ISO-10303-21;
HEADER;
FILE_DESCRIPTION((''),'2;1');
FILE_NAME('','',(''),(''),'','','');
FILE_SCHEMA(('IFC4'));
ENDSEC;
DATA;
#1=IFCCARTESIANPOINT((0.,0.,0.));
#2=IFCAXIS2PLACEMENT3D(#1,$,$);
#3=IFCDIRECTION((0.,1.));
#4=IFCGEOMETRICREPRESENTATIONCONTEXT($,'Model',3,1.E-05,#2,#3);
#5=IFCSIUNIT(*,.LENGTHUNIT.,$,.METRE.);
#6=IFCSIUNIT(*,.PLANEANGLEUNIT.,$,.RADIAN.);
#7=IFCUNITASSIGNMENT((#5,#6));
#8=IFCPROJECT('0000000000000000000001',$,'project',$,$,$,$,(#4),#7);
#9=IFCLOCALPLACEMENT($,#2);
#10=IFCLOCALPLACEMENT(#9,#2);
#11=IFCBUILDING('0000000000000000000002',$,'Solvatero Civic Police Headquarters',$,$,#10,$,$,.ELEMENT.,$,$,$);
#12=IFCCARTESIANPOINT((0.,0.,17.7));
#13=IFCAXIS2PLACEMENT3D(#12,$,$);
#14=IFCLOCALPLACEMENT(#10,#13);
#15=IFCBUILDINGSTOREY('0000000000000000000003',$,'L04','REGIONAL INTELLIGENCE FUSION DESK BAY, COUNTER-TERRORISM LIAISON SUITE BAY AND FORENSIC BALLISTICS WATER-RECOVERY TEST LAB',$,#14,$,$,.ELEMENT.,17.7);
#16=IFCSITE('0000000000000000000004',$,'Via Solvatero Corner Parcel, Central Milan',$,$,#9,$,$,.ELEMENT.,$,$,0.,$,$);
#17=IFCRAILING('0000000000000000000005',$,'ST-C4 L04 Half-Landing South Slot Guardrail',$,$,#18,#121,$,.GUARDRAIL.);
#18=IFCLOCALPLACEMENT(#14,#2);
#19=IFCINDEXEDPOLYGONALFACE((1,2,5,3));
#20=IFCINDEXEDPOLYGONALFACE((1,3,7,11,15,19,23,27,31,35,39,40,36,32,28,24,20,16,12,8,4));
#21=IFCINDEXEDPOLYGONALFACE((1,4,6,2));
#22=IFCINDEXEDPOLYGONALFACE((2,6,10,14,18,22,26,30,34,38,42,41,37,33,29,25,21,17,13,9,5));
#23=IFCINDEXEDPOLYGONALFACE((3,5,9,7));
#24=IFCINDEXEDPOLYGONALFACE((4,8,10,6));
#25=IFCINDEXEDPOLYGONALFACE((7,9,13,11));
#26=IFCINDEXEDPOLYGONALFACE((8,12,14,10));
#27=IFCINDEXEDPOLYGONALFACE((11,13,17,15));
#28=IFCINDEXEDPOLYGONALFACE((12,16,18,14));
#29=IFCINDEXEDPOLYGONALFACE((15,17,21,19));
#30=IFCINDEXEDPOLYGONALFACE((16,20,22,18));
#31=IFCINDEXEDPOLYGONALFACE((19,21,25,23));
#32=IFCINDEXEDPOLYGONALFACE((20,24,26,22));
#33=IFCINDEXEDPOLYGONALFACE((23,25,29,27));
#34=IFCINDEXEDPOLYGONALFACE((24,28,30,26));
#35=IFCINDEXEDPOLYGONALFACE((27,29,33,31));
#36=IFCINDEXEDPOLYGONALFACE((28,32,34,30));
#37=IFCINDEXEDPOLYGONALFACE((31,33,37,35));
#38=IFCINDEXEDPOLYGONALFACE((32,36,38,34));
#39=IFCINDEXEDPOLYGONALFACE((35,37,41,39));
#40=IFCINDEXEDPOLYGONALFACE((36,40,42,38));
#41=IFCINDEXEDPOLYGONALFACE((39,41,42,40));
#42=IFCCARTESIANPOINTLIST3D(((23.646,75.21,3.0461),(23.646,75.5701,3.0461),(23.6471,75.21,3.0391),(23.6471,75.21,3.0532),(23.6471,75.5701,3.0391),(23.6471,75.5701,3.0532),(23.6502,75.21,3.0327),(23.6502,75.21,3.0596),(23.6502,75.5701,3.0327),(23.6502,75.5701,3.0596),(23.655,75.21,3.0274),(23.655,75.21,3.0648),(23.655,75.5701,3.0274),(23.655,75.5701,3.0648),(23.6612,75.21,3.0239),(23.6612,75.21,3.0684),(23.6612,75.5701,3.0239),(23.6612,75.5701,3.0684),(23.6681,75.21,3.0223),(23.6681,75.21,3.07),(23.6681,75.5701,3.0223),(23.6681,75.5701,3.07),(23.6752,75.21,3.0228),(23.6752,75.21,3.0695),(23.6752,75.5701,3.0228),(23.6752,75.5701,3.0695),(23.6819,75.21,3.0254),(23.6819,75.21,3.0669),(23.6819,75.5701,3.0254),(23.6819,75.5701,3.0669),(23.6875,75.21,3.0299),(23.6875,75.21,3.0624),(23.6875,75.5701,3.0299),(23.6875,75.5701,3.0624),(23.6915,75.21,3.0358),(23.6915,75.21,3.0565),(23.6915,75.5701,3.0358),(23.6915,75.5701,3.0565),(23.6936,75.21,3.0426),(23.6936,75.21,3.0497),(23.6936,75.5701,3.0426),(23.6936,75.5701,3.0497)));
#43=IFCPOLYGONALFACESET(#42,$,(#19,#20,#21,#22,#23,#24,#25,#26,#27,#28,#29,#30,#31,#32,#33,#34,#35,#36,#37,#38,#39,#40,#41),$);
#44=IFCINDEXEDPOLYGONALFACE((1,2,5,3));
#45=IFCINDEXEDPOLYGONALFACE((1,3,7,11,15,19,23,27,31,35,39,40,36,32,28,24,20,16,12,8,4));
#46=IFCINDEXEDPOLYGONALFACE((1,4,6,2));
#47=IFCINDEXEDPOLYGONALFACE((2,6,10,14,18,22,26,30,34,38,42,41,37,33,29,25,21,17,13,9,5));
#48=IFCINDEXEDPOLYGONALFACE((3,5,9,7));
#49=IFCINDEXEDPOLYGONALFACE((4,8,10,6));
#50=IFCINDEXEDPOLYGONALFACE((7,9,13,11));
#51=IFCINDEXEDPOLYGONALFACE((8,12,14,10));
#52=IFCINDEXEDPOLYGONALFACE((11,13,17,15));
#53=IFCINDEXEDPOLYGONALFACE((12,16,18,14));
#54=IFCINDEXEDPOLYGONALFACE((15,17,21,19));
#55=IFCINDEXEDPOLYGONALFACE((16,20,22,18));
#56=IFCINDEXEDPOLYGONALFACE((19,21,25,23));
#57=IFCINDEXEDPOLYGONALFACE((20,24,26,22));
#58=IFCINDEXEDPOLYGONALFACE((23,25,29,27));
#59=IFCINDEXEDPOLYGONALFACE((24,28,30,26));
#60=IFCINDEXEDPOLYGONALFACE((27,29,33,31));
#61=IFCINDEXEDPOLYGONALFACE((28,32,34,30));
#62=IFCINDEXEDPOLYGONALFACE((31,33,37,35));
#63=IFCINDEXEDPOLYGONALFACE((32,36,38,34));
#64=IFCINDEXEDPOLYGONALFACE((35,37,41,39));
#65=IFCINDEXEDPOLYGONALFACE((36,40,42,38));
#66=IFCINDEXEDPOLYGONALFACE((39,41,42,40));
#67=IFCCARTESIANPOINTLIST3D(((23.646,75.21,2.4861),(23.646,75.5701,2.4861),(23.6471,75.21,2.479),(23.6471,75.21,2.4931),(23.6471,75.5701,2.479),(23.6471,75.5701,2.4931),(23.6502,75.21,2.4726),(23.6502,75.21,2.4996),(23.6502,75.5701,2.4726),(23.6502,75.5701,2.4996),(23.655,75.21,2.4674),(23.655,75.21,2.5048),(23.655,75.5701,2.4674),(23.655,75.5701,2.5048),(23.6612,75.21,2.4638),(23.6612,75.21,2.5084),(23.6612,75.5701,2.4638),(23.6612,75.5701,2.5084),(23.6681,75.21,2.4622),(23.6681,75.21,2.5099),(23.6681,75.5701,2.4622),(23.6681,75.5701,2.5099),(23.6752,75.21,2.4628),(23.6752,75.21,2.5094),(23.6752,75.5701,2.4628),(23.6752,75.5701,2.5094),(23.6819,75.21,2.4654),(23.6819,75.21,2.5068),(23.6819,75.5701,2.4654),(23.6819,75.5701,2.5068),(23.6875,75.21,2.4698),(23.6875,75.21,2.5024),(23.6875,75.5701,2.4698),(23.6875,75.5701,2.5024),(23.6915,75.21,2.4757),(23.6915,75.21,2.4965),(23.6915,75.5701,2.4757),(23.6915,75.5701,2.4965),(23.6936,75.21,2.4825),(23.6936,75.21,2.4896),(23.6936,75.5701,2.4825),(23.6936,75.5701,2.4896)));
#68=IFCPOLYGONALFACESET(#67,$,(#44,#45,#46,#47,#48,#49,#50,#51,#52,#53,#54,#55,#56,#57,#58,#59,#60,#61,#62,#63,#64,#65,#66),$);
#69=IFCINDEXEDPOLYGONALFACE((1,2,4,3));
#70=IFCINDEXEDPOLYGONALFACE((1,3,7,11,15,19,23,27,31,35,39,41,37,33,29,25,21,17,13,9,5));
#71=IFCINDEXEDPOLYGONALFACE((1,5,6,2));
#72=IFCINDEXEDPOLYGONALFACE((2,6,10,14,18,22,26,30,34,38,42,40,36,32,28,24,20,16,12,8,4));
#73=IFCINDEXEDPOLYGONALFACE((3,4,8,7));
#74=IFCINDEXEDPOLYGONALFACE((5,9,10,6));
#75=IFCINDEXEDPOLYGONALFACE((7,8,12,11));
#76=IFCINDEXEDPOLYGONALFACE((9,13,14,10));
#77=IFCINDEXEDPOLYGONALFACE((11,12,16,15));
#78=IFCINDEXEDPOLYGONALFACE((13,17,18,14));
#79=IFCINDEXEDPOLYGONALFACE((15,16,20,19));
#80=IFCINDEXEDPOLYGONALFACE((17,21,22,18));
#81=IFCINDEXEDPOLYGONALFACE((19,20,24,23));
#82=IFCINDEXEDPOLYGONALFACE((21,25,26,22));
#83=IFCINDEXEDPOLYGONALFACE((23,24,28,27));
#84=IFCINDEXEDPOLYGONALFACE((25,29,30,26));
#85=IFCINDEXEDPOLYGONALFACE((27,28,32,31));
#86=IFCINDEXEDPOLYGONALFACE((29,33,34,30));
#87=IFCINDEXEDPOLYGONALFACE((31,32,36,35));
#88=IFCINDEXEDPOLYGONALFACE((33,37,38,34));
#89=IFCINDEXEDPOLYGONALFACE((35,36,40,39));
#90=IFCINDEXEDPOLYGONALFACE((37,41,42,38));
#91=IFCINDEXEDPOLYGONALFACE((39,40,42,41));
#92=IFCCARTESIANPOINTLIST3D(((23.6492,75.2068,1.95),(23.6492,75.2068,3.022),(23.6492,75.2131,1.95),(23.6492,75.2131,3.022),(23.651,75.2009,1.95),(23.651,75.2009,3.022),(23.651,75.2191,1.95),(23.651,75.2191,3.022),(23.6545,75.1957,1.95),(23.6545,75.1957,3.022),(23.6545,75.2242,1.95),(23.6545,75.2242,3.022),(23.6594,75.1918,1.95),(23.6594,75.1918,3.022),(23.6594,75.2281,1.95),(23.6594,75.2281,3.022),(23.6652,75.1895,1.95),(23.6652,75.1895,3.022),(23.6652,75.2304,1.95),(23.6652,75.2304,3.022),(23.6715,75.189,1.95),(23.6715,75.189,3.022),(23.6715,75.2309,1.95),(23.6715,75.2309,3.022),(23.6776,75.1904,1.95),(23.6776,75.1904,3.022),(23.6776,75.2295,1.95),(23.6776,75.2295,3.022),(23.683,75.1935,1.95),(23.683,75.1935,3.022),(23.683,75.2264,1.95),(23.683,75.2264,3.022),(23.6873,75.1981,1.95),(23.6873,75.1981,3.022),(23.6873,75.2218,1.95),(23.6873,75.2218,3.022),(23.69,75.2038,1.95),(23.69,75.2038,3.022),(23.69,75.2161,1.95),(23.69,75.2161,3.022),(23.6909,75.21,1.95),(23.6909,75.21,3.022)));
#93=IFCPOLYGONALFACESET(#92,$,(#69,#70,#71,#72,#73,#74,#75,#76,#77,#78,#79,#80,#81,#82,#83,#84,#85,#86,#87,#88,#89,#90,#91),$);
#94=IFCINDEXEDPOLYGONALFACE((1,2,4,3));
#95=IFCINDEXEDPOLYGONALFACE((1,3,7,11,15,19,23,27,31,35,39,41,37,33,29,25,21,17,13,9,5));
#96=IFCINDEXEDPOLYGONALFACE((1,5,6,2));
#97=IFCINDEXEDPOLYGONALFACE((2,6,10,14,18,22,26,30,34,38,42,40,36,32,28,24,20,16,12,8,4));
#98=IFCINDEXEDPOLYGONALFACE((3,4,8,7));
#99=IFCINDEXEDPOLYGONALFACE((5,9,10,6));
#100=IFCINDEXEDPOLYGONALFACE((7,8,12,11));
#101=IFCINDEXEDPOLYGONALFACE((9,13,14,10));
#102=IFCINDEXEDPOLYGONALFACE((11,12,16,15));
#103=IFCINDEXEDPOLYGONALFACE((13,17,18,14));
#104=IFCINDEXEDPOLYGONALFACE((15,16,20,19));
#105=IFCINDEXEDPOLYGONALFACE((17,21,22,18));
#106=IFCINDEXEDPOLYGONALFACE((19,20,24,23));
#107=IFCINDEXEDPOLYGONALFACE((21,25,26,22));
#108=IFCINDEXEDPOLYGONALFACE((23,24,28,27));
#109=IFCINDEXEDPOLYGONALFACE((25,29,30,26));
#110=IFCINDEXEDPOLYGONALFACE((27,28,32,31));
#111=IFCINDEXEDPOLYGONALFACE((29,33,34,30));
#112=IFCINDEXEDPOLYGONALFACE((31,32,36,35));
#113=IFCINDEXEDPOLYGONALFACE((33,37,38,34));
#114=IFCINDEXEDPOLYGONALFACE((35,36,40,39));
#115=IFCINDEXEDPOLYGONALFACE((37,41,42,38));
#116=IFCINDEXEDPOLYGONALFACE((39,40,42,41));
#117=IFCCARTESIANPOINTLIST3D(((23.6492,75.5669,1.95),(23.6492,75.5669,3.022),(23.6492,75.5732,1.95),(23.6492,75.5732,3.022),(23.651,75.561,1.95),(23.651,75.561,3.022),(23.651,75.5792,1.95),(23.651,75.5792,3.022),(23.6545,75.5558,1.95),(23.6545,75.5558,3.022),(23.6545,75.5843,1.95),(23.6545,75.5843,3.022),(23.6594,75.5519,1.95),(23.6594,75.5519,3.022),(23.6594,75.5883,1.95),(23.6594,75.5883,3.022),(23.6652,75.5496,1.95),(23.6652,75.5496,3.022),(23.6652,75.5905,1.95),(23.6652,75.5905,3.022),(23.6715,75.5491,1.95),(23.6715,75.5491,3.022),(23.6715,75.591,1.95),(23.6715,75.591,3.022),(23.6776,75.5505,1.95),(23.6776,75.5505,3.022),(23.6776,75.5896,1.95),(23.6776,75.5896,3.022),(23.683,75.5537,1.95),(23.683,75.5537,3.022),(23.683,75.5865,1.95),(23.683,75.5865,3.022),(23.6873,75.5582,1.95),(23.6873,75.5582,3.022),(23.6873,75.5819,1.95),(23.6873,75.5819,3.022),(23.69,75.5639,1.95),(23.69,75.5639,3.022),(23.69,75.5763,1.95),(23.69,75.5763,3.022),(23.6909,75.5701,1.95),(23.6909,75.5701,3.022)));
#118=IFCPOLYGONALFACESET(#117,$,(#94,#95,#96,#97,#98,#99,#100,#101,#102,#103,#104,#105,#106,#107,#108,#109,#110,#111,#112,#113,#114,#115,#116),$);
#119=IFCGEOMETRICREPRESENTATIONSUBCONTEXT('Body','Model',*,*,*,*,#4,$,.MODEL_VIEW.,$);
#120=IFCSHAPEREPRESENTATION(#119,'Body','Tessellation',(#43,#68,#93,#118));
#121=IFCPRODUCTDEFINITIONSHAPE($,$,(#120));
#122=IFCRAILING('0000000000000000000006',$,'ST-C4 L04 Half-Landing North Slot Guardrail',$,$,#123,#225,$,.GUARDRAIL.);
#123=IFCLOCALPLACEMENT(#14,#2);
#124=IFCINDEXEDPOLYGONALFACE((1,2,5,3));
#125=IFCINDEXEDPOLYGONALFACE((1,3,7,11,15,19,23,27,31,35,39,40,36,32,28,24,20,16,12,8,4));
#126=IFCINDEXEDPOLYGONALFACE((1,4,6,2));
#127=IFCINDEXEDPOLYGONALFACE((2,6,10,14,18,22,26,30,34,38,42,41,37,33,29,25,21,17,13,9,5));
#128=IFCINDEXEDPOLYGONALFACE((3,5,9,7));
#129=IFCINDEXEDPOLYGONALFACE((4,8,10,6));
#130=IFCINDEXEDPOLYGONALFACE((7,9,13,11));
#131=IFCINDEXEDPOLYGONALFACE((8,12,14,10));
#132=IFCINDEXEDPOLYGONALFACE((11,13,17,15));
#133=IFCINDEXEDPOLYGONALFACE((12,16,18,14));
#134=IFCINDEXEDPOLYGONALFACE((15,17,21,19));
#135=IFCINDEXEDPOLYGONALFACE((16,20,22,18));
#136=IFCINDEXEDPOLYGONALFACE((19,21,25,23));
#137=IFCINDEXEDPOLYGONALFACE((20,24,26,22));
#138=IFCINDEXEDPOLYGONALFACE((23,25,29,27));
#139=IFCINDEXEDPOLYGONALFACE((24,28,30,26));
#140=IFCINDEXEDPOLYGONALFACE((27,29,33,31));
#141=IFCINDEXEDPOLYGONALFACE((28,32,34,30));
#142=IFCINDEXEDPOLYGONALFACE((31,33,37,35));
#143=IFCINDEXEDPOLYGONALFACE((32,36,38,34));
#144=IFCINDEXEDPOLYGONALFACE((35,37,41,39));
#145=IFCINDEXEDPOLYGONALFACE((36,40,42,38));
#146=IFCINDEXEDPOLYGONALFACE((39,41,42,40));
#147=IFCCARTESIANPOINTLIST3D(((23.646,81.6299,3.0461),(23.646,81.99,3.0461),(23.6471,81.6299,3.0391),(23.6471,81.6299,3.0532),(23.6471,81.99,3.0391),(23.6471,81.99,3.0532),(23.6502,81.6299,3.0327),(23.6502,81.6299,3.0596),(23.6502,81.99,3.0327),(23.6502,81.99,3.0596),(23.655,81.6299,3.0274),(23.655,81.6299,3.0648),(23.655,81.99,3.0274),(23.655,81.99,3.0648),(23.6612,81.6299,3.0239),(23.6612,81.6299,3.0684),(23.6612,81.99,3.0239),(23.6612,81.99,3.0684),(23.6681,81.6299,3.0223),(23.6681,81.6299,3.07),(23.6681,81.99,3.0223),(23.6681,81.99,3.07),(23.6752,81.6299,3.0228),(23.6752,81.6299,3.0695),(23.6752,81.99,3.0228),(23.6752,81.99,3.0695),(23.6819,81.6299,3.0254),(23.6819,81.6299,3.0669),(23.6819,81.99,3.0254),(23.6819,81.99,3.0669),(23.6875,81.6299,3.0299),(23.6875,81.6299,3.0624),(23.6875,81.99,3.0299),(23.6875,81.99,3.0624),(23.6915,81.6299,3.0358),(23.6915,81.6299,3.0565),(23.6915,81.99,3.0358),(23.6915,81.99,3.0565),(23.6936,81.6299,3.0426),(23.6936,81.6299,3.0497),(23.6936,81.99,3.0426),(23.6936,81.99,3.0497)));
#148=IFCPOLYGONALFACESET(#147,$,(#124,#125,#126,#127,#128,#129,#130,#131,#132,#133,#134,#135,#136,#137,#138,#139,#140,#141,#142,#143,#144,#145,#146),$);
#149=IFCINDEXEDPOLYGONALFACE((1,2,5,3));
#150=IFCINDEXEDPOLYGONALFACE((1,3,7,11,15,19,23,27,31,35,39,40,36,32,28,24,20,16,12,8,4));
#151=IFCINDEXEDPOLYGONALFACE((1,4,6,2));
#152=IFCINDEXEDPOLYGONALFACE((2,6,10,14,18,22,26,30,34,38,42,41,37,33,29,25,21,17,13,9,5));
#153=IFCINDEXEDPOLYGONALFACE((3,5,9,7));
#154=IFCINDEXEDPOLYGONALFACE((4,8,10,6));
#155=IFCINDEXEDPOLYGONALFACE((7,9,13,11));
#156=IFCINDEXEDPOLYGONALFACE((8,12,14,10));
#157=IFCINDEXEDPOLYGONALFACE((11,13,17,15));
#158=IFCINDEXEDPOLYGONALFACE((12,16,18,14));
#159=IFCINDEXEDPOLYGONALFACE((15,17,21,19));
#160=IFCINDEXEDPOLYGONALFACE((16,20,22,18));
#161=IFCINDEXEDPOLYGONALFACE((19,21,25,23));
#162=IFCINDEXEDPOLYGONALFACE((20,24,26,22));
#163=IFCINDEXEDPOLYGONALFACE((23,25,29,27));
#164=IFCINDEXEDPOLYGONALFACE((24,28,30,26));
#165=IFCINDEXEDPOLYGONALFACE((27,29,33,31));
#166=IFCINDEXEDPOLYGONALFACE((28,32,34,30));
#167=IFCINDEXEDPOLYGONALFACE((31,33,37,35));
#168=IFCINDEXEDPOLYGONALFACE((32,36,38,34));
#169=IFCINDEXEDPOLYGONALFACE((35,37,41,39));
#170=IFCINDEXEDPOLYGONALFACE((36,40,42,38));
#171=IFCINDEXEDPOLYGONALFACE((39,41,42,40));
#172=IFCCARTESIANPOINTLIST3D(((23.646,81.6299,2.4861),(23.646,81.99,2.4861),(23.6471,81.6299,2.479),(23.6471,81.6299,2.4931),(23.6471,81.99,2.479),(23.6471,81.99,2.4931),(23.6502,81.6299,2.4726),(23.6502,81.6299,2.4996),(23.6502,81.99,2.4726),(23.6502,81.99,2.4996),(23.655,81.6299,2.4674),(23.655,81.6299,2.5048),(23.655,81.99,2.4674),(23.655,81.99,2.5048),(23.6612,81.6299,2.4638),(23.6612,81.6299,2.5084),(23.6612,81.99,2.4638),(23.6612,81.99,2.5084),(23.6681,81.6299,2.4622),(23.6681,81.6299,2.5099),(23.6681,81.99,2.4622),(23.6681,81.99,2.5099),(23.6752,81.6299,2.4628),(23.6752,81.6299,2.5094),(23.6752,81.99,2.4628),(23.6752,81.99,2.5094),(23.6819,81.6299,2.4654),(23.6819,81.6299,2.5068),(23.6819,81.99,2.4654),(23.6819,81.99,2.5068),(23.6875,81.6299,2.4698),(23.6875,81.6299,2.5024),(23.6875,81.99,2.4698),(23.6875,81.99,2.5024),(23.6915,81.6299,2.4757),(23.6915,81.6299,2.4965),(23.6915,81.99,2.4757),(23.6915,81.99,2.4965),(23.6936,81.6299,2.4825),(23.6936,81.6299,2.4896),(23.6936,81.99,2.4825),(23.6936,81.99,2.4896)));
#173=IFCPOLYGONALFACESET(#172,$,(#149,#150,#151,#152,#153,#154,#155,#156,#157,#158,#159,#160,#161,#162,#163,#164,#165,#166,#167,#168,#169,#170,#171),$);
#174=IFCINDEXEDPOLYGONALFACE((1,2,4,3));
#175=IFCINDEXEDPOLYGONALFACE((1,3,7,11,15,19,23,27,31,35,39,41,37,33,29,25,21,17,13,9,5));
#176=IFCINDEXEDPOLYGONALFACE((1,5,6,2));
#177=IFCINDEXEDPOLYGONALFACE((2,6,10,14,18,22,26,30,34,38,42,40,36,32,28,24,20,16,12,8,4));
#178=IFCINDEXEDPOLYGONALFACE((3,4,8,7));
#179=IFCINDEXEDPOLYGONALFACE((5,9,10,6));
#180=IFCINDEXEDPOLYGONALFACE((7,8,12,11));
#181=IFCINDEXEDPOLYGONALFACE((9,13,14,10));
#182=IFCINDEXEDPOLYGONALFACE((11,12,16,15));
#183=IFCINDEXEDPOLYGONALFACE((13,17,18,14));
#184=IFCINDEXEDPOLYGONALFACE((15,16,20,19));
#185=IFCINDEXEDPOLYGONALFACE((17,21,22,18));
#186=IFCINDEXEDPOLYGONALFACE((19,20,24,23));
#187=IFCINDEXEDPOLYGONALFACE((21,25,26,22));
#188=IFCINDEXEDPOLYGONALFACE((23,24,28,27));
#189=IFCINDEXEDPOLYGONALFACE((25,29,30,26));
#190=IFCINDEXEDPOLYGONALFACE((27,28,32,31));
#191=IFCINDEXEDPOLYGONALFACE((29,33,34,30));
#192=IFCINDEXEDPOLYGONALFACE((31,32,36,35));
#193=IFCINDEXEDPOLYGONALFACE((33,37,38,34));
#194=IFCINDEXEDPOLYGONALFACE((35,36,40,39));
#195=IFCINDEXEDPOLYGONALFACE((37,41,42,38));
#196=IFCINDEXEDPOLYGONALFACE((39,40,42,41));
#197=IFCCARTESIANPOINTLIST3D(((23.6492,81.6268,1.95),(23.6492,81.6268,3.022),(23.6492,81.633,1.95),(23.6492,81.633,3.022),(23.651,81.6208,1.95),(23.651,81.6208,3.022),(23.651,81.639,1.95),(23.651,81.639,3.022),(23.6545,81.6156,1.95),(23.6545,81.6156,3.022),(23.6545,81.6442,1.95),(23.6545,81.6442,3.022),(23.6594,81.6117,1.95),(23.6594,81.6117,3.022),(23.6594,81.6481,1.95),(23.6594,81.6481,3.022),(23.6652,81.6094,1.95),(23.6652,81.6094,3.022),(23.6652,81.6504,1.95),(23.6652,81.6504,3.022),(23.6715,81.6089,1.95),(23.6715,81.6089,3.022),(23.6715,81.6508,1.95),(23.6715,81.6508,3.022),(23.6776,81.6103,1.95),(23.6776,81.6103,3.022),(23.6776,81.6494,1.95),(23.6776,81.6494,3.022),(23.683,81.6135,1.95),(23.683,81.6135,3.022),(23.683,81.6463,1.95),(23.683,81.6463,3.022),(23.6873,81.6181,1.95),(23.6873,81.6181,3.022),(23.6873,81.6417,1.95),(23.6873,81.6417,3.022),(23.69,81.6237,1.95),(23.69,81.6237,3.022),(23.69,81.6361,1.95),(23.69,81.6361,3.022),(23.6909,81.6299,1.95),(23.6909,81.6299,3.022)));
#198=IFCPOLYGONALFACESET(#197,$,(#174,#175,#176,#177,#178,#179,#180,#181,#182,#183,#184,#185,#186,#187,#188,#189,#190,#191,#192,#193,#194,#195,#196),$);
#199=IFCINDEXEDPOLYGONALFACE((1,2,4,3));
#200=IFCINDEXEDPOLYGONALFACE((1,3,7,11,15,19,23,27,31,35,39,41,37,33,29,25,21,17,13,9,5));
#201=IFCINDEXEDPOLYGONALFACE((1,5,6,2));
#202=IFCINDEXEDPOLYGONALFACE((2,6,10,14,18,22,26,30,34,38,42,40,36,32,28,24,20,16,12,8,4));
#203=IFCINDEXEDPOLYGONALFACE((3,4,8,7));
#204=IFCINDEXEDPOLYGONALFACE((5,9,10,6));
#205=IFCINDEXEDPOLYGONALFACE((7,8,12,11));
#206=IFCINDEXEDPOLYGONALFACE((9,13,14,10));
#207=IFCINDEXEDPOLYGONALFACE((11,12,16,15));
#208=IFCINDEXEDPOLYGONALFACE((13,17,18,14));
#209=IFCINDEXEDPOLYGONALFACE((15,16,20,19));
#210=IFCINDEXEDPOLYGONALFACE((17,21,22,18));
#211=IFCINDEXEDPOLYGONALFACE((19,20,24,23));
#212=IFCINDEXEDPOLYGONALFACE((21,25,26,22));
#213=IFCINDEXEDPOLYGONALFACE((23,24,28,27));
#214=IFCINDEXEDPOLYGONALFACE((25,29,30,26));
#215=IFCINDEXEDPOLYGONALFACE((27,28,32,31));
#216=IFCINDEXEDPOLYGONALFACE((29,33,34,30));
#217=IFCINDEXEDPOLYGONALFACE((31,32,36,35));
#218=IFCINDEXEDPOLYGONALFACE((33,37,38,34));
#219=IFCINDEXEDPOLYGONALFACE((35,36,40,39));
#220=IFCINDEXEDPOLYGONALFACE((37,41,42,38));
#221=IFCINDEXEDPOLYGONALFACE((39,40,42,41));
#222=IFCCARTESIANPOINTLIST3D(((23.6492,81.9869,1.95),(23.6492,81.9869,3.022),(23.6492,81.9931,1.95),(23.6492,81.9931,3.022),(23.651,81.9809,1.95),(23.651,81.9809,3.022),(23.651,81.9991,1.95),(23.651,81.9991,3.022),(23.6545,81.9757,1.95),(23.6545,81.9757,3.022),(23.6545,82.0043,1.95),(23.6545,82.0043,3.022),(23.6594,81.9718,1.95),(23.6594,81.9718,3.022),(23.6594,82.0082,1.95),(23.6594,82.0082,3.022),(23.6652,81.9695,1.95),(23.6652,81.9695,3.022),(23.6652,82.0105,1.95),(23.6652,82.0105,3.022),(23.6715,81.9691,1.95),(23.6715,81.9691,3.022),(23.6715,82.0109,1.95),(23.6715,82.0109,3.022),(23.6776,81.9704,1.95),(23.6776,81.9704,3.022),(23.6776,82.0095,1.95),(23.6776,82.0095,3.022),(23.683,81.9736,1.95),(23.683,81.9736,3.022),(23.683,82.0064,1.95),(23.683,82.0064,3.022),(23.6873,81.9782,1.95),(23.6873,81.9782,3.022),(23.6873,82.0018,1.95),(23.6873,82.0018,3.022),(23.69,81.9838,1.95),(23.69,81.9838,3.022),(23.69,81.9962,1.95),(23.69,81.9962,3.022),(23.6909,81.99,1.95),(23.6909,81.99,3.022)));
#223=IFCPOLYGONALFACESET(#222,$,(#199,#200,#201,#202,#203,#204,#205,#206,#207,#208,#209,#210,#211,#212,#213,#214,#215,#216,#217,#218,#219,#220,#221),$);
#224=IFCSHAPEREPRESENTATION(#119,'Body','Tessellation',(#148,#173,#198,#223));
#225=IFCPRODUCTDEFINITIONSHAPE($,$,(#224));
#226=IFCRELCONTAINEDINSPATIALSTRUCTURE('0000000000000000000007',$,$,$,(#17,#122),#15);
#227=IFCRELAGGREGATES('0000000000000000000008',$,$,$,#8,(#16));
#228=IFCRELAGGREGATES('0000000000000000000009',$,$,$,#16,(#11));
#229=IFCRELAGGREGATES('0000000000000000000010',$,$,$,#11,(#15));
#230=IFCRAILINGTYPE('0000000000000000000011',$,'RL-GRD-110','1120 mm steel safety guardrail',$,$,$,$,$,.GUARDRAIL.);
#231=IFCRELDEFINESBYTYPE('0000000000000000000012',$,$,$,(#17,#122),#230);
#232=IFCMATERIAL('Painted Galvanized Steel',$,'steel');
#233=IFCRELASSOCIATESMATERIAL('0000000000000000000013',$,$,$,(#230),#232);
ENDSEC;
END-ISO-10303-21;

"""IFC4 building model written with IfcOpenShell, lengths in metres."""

from ifc_helpers import new_model, si_unit, direction, frame, origin, origin_2d, place, context, subcontext, project, spatial, circle, extrude, material, type_object, element, save


model = new_model("IFC4")

# Units and contexts
model_context = context("Model", 3, precision=1e-05, world=origin(), true_north=direction((0.0, 1.0)))
body_context = subcontext(model_context, "Body", "Model", "MODEL_VIEW")
ifc_project = project(units=[si_unit("LENGTHUNIT", "METRE"), si_unit("PLANEANGLEUNIT", "RADIAN")], contexts=[model_context])

# Site, building, storey
site_placement = place(None, origin())
site = spatial("IfcSite", under=ifc_project, at=site_placement, Name="Via Solvatero Corner Parcel, Central Milan", CompositionType="ELEMENT", RefElevation=0.0)
building_placement = place(site_placement, origin())
building = spatial("IfcBuilding", under=site, at=building_placement, Name="Solvatero Civic Police Headquarters", CompositionType="ELEMENT")
storey_placement = place(building_placement, frame((0.0, 0.0, 17.7)))
storey = spatial("IfcBuildingStorey", under=building, at=storey_placement, Name="L04", Description="REGIONAL INTELLIGENCE FUSION DESK BAY, COUNTER-TERRORISM LIAISON SUITE BAY AND FORENSIC BALLISTICS WATER-RECOVERY TEST LAB", CompositionType="ELEMENT", Elevation=17.7)

# Railings
ifc_material_1 = material(Name="Painted Galvanized Steel", Category="steel")
railing_type_1 = type_object("IfcRailingType", Name="RL-GRD-110", Description="1120 mm steel safety guardrail", PredefinedType="GUARDRAIL", material=ifc_material_1)
for number, where, name in (
    (1, (23.6699, 75.21, 1.95), "ST-C4 L04 Half-Landing South Slot Guardrail"),
    (2, (23.6699, 81.6299, 1.95), "ST-C4 L04 Half-Landing North Slot Guardrail"),
):
    element("IfcRailing", number, at=place(storey_placement, frame(where)), inside=storey, type_object=railing_type_1, Name=name, PredefinedType="GUARDRAIL", context=body_context, shape_type="SweptSolid", body=[
        extrude(circle(Radius=0.0239, at=origin_2d()), frame((0.0, 0.0, 1.0962), z_axis=(0.0, 1.0, 0.0), x_axis=(-1.0, 0.0, 0.0)), (0.0, 0.0, 1.0), 0.3601),
        extrude(circle(Radius=0.0239, at=origin_2d()), frame((0.0, 0.0, 0.5361), z_axis=(0.0, 1.0, 0.0), x_axis=(-1.0, 0.0, 0.0)), (0.0, 0.0, 1.0), 0.3601),
        extrude(circle(Radius=0.021, at=origin_2d()), origin(), (0.0, 0.0, 1.0), 1.072),
        extrude(circle(Radius=0.021, at=origin_2d()), frame((0.0, 0.3601, 0.0)), (0.0, 0.0, 1.0), 1.072),
    ])

save(model, "model.ifc")
